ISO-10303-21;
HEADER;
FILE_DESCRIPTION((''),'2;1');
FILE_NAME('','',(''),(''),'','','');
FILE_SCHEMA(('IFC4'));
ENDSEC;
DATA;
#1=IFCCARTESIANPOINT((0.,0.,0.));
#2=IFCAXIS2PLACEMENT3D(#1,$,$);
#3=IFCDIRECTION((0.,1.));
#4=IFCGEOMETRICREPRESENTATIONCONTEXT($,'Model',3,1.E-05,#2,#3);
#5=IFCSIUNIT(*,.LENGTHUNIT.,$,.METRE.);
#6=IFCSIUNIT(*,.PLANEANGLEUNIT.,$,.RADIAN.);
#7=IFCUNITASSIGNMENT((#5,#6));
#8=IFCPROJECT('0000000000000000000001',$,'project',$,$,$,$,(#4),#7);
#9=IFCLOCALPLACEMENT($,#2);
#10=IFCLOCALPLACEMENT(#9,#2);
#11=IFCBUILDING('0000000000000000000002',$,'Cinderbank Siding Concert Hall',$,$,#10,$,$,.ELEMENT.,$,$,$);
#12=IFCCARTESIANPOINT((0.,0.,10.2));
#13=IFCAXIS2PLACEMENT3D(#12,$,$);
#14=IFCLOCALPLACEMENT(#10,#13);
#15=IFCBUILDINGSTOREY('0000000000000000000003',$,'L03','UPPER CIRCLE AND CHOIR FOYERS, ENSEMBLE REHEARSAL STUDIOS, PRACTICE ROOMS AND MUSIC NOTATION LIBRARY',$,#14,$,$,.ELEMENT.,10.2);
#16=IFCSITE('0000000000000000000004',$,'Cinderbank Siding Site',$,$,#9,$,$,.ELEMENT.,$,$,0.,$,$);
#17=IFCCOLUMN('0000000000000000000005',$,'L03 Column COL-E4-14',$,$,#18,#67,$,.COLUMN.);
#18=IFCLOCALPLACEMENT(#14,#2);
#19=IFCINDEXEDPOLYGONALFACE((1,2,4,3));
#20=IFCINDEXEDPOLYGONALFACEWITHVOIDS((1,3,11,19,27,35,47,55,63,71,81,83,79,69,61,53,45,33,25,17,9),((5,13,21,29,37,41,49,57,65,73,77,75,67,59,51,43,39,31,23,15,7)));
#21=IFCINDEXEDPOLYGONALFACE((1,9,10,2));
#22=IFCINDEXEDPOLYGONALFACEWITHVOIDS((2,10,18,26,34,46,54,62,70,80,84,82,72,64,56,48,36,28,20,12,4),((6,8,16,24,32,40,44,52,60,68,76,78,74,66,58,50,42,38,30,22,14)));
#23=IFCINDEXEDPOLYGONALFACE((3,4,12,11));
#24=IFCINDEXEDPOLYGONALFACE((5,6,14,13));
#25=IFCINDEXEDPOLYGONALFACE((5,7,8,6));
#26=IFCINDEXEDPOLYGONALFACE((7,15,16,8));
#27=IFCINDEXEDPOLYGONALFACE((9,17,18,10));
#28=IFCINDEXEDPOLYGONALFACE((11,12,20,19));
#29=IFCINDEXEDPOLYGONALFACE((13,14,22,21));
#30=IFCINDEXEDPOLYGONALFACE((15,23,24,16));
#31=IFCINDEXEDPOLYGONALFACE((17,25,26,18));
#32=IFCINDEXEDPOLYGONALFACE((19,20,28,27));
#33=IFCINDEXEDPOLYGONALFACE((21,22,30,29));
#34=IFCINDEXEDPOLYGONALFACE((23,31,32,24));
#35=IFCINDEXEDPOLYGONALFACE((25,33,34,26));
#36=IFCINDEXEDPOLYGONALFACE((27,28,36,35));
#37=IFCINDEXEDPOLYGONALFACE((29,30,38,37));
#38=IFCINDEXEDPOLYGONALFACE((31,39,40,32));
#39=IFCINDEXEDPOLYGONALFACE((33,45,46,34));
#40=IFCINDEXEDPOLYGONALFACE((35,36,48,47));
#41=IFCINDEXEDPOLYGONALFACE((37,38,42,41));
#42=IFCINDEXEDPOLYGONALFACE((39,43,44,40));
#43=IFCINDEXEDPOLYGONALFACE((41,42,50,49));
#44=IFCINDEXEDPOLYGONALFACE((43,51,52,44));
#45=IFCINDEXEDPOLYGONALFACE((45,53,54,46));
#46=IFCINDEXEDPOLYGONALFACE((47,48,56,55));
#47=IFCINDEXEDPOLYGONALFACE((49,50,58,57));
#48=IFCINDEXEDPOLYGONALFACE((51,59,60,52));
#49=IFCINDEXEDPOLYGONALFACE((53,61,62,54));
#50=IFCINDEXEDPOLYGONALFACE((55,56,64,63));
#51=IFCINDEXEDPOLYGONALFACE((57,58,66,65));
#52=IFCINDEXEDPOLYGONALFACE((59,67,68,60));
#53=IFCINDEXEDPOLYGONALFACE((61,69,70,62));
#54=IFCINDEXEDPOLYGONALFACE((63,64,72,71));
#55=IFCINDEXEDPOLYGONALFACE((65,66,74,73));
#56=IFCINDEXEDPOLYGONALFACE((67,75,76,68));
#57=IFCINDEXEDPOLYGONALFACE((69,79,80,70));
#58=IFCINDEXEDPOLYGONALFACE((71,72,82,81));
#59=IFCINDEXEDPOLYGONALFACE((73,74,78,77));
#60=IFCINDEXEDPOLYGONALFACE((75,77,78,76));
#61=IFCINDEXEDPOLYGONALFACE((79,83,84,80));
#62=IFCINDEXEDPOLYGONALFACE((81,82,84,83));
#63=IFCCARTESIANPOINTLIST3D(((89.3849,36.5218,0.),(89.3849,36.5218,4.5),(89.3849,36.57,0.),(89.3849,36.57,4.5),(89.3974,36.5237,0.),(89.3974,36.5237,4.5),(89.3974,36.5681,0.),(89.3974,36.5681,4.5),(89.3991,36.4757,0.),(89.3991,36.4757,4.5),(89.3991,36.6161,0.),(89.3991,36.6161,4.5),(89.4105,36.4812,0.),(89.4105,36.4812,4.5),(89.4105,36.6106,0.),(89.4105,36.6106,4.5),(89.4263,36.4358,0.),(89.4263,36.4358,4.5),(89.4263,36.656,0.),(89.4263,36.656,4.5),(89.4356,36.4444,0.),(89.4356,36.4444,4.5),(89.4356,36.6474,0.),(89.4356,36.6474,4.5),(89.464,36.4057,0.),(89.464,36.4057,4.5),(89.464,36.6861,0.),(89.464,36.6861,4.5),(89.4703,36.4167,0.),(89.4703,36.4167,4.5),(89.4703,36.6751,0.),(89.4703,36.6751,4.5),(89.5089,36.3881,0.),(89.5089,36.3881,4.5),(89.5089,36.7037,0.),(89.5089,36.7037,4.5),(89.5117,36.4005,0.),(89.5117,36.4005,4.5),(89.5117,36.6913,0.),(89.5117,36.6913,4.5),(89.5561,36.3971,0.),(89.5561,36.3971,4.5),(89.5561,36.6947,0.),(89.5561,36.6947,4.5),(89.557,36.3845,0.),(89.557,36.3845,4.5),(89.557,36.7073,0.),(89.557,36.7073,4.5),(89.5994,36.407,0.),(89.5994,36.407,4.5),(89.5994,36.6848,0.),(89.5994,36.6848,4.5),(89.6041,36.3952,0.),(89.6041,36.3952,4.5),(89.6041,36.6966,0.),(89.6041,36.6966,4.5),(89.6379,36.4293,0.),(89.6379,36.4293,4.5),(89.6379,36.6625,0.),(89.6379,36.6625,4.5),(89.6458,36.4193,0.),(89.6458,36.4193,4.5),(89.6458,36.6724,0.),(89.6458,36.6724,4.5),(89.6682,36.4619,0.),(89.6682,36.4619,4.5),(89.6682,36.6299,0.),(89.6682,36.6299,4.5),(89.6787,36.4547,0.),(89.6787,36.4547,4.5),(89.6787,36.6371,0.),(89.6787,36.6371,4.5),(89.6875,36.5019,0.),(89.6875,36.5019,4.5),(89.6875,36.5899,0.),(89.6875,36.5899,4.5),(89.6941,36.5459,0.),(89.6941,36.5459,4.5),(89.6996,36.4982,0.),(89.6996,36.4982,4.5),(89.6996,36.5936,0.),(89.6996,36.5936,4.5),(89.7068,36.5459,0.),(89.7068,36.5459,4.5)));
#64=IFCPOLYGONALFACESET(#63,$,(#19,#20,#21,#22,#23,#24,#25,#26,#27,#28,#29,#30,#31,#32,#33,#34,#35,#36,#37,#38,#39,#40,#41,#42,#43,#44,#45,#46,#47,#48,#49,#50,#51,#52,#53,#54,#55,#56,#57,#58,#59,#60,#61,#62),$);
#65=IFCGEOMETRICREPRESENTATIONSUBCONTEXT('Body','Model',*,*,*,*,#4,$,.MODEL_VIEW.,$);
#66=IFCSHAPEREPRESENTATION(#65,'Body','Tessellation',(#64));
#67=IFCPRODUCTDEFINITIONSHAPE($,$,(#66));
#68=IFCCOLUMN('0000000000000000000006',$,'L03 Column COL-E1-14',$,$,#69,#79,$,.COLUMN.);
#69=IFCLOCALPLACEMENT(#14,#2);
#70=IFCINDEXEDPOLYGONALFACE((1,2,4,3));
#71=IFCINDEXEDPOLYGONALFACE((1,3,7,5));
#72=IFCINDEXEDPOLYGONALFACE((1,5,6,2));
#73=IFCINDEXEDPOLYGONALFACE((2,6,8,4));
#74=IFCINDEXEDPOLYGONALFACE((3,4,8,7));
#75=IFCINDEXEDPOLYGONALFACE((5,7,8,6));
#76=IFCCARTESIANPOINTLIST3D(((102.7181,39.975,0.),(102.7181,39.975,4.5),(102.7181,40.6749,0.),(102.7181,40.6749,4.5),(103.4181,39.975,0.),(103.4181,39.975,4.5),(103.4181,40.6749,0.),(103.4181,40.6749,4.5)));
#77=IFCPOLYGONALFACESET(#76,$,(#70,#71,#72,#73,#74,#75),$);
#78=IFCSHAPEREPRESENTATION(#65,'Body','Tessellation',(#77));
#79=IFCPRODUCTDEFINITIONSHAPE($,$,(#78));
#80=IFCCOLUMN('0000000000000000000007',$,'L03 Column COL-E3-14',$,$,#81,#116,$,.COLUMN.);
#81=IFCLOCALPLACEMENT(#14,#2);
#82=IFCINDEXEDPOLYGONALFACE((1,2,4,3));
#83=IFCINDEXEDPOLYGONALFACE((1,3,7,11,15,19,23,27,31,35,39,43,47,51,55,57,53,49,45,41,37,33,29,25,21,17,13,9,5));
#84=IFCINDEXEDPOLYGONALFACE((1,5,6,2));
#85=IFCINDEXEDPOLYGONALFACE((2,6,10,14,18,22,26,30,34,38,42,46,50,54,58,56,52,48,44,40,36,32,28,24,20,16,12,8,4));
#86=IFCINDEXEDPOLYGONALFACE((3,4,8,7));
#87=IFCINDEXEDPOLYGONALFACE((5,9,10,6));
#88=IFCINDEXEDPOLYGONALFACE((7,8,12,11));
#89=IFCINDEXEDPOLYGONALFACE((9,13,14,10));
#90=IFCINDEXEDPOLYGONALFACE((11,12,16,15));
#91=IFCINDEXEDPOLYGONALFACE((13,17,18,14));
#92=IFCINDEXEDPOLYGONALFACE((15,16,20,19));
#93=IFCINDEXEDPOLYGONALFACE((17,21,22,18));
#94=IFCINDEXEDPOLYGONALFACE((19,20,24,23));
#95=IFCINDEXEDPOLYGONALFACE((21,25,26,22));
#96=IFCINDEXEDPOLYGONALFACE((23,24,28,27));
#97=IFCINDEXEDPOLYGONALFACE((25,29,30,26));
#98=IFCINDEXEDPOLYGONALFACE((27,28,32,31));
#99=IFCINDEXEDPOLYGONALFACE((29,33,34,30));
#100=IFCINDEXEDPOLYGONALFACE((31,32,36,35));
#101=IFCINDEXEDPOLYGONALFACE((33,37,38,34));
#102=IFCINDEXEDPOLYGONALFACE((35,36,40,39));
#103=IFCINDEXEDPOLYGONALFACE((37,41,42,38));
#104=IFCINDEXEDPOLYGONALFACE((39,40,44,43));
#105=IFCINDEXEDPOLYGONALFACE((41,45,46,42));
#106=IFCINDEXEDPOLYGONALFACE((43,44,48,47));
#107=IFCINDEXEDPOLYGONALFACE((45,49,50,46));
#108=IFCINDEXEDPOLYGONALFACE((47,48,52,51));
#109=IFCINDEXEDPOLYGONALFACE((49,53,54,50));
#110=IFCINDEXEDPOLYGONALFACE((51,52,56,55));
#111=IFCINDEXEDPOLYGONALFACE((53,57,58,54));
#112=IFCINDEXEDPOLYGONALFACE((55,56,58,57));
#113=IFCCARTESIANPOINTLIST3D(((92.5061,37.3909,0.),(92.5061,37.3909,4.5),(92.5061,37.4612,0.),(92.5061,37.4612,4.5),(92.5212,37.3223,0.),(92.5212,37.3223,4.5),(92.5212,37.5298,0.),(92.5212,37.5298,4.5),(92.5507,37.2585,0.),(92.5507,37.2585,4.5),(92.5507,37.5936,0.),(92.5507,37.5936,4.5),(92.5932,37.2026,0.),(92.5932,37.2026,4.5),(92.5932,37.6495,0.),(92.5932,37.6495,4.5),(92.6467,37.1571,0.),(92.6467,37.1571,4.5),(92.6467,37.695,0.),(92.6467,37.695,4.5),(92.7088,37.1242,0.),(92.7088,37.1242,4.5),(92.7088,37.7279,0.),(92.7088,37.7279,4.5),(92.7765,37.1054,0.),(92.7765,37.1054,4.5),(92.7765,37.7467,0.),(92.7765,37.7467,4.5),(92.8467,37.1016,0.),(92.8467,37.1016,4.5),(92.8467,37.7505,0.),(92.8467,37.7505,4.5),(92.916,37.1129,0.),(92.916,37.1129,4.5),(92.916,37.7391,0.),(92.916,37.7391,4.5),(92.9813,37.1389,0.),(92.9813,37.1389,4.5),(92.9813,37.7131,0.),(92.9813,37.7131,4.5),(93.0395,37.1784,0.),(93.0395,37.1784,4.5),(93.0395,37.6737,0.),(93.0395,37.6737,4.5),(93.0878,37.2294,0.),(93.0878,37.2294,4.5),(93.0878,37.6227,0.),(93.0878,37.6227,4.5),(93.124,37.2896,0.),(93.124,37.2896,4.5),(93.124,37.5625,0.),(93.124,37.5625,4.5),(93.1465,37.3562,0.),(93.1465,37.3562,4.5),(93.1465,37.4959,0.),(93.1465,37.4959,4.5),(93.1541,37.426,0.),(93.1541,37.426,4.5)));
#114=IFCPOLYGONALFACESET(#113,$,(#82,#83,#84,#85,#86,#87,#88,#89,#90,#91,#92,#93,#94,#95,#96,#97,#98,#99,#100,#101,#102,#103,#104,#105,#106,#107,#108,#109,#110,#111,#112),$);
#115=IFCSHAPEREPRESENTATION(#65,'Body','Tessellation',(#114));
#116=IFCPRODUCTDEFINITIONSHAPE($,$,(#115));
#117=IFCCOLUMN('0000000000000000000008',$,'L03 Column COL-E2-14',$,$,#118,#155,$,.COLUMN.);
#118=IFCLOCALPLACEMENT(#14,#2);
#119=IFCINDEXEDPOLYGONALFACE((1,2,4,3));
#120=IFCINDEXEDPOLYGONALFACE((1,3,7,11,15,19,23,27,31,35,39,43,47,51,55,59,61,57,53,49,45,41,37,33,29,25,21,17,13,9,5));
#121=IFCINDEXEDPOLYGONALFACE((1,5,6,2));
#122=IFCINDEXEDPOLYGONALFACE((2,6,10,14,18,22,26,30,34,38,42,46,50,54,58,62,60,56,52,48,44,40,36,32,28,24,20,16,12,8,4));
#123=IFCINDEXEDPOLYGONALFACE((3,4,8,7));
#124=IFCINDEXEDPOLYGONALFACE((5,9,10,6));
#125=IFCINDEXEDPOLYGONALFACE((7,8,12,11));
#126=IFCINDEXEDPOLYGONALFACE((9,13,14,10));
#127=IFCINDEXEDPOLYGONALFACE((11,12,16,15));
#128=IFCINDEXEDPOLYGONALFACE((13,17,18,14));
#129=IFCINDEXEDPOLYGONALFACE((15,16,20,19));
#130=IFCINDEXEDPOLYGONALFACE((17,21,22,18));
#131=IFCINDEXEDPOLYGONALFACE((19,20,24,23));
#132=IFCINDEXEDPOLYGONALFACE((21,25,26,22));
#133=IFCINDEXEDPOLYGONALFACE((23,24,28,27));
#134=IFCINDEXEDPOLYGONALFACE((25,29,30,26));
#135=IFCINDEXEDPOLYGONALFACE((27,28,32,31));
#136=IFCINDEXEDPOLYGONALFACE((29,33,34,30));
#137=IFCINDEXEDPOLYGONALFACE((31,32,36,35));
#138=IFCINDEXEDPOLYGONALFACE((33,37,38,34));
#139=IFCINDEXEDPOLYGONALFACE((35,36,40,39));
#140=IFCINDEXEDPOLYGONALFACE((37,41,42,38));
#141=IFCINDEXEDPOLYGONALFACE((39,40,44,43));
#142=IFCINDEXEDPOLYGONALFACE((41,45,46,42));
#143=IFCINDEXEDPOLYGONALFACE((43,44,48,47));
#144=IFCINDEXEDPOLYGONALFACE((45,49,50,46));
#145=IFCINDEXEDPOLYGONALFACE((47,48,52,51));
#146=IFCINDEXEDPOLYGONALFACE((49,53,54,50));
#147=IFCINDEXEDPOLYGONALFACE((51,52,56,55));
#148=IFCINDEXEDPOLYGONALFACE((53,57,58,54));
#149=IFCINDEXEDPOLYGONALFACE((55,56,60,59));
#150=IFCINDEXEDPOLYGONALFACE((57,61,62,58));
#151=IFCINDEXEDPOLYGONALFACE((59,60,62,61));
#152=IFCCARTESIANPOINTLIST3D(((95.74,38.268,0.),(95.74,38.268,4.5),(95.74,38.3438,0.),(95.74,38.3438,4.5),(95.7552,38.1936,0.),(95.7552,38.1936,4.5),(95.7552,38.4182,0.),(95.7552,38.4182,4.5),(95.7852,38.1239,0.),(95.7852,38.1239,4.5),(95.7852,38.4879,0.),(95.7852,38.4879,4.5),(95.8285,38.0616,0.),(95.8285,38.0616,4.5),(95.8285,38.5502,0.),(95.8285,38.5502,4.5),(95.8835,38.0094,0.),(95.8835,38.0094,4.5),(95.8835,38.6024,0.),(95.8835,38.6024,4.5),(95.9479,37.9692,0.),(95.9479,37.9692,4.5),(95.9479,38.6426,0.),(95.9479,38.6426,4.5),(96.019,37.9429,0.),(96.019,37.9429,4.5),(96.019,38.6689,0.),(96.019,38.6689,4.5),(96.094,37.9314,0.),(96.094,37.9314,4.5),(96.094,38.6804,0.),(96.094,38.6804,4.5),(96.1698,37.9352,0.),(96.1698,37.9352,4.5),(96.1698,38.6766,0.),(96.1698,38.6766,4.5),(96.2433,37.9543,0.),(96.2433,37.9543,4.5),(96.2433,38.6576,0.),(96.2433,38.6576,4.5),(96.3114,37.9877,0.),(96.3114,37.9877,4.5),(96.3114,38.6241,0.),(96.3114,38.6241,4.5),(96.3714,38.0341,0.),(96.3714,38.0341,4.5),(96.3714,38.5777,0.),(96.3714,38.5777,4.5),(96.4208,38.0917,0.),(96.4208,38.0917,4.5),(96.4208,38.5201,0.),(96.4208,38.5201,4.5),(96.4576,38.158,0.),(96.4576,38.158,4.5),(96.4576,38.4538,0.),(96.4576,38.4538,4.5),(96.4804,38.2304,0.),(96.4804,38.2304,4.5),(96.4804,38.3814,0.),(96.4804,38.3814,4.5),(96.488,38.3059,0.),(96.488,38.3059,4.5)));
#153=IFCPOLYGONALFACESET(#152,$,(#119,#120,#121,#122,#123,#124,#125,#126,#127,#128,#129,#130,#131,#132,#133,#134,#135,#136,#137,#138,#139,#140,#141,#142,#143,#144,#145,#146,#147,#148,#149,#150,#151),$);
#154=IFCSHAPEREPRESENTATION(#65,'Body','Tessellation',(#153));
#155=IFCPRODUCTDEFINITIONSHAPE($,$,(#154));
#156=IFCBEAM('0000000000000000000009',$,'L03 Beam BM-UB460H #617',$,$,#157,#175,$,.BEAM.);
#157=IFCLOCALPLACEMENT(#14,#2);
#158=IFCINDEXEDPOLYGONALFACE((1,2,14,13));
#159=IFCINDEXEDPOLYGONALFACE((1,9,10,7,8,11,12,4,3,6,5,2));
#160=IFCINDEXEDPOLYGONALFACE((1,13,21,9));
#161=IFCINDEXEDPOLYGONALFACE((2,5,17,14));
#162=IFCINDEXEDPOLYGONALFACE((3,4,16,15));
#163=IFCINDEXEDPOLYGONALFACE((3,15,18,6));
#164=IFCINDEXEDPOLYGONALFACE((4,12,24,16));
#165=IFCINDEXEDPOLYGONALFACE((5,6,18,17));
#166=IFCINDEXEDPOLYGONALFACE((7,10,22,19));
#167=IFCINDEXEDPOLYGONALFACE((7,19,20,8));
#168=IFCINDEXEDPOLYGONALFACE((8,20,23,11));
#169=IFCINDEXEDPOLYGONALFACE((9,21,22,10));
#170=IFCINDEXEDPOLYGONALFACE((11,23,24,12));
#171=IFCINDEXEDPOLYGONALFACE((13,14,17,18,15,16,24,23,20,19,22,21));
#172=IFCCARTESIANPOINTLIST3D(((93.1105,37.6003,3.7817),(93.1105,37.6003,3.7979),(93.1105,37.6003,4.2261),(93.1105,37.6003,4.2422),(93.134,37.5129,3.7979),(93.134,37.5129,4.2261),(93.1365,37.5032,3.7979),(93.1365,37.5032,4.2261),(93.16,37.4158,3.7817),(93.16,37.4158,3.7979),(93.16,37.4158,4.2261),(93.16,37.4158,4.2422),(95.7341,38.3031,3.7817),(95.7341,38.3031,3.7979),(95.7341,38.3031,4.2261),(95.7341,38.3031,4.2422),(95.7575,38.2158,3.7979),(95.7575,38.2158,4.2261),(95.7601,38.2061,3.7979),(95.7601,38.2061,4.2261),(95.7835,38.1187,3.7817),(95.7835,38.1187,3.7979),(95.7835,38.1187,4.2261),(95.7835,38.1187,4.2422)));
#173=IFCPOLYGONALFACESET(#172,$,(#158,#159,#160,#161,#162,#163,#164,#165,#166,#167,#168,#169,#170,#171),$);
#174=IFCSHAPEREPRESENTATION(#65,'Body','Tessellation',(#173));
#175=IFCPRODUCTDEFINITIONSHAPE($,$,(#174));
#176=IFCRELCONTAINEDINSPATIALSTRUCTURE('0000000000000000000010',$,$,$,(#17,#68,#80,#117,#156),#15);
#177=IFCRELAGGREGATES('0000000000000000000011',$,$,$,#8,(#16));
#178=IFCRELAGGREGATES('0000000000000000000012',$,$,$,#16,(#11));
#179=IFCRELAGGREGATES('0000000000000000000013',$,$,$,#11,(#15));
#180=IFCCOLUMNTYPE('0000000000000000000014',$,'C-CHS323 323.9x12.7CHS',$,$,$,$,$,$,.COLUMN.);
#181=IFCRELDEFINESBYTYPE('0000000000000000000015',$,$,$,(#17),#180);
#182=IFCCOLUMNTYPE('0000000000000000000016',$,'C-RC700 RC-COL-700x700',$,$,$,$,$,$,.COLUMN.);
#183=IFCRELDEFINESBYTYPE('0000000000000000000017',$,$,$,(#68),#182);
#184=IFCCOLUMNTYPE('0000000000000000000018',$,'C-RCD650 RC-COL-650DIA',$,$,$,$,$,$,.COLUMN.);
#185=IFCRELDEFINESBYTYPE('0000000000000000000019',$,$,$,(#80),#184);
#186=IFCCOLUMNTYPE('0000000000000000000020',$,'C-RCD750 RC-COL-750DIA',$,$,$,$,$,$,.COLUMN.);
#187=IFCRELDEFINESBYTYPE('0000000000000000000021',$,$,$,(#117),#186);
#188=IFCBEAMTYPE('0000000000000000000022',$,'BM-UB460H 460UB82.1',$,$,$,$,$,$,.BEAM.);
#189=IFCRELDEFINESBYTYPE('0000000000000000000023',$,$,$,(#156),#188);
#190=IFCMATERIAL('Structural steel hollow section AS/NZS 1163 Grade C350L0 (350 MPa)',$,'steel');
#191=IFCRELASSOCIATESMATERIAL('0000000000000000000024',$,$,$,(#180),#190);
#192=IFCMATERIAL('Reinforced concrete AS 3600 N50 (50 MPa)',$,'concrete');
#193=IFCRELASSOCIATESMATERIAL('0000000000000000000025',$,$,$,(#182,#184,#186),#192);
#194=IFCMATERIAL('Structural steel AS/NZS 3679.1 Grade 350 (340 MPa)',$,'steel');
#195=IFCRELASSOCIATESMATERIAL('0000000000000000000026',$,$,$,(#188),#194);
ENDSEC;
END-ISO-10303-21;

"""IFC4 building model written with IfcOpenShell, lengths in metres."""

from ifc_helpers import new_model, si_unit, direction, frame, origin, origin_2d, place, context, subcontext, project, spatial, rectangle, circle, hollow_circle, i_section, extrude, material, material_profile, profile_set, type_object, element, save


model = new_model("IFC4")

# Units and contexts
model_context = context("Model", 3, precision=1e-05, world=origin(), true_north=direction((0.0, 1.0)))
body_context = subcontext(model_context, "Body", "Model", "MODEL_VIEW")
ifc_project = project(units=[si_unit("LENGTHUNIT", "METRE"), si_unit("PLANEANGLEUNIT", "RADIAN")], contexts=[model_context])

# Site, building, storey
site_placement = place(None, origin())
site = spatial("IfcSite", under=ifc_project, at=site_placement, Name="Cinderbank Siding Site", CompositionType="ELEMENT", RefElevation=0.0)
building_placement = place(site_placement, origin())
building = spatial("IfcBuilding", under=site, at=building_placement, Name="Cinderbank Siding Concert Hall", CompositionType="ELEMENT")
storey_placement = place(building_placement, frame((0.0, 0.0, 10.2)))
storey = spatial("IfcBuildingStorey", under=building, at=storey_placement, Name="L03", Description="UPPER CIRCLE AND CHOIR FOYERS, ENSEMBLE REHEARSAL STUDIOS, PRACTICE ROOMS AND MUSIC NOTATION LIBRARY", CompositionType="ELEMENT", Elevation=10.2)

# Columns
ifc_material_1 = material(Name="Structural steel hollow section AS/NZS 1163 Grade C350L0 (350 MPa)", Category="steel")
ifc_material_profile_1 = material_profile(ifc_material_1, hollow_circle(Radius=0.1619, WallThickness=0.0127, at=origin_2d()), Name="323.9x12.7CHS", Category="LoadBearing")
ifc_profile_set_1 = profile_set([ifc_material_profile_1], Name="Structural steel hollow section AS/NZS 1163 Grade C350L0 (350 MPa)")
column_type_1 = type_object("IfcColumnType", Name="C-CHS323 323.9x12.7CHS", PredefinedType="COLUMN", material=ifc_profile_set_1)
column_1_placement = place(storey_placement, frame((89.5449, 36.5459, 0.0), z_axis=(0.0, 0.0, 1.0), x_axis=(1.0, 0.0, 0.0)))
element("IfcColumn", 1, at=column_1_placement, inside=storey, type_object=column_type_1, Name="L03 Column COL-E4-14", PredefinedType="COLUMN", context=body_context, shape_type="SweptSolid", body=[
    extrude(hollow_circle(Radius=0.1619, WallThickness=0.0127, at=origin_2d()), origin(), (0.0, 0.0, 1.0), 4.5),
])
ifc_material_2 = material(Name="Reinforced concrete AS 3600 N50 (50 MPa)", Category="concrete")
ifc_material_profile_2 = material_profile(ifc_material_2, rectangle(XDim=0.7, YDim=0.7, at=origin_2d()), Name="RC-COL-700x700", Category="LoadBearing")
ifc_profile_set_2 = profile_set([ifc_material_profile_2], Name="Reinforced concrete AS 3600 N50 (50 MPa)")
column_type_2 = type_object("IfcColumnType", Name="C-RC700 RC-COL-700x700", PredefinedType="COLUMN", material=ifc_profile_set_2)
column_2_placement = place(storey_placement, frame((103.0681, 40.325, 0.0), z_axis=(0.0, 0.0, 1.0), x_axis=(1.0, 0.0, 0.0)))
element("IfcColumn", 2, at=column_2_placement, inside=storey, type_object=column_type_2, Name="L03 Column COL-E1-14", PredefinedType="COLUMN", context=body_context, shape_type="SweptSolid", body=[
    extrude(rectangle(XDim=0.7, YDim=0.7, at=origin_2d()), origin(), (0.0, 0.0, 1.0), 4.5),
])
ifc_material_profile_3 = material_profile(ifc_material_2, circle(Radius=0.325, at=origin_2d()), Name="RC-COL-650DIA", Category="LoadBearing")
ifc_profile_set_3 = profile_set([ifc_material_profile_3], Name="Reinforced concrete AS 3600 N50 (50 MPa)")
column_type_3 = type_object("IfcColumnType", Name="C-RCD650 RC-COL-650DIA", PredefinedType="COLUMN", material=ifc_profile_set_3)
column_3_placement = place(storey_placement, frame((92.8291, 37.426, 0.0), z_axis=(0.0, 0.0, 1.0), x_axis=(1.0, 0.0, 0.0)))
element("IfcColumn", 3, at=column_3_placement, inside=storey, type_object=column_type_3, Name="L03 Column COL-E3-14", PredefinedType="COLUMN", context=body_context, shape_type="SweptSolid", body=[
    extrude(circle(Radius=0.325, at=origin_2d()), origin(), (0.0, 0.0, 1.0), 4.5),
])
ifc_material_profile_4 = material_profile(ifc_material_2, circle(Radius=0.375, at=origin_2d()), Name="RC-COL-750DIA", Category="LoadBearing")
ifc_profile_set_4 = profile_set([ifc_material_profile_4], Name="Reinforced concrete AS 3600 N50 (50 MPa)")
column_type_4 = type_object("IfcColumnType", Name="C-RCD750 RC-COL-750DIA", PredefinedType="COLUMN", material=ifc_profile_set_4)
column_4_placement = place(storey_placement, frame((96.113, 38.3059, 0.0), z_axis=(0.0, 0.0, 1.0), x_axis=(1.0, 0.0, 0.0)))
element("IfcColumn", 4, at=column_4_placement, inside=storey, type_object=column_type_4, Name="L03 Column COL-E2-14", PredefinedType="COLUMN", context=body_context, shape_type="SweptSolid", body=[
    extrude(circle(Radius=0.375, at=origin_2d()), origin(), (0.0, 0.0, 1.0), 4.5),
])

# Beam
ifc_material_3 = material(Name="Structural steel AS/NZS 3679.1 Grade 350 (340 MPa)", Category="steel")
ifc_material_profile_5 = material_profile(ifc_material_3, i_section(OverallWidth=0.1909, OverallDepth=0.4604, WebThickness=0.01, FlangeThickness=0.0161, at=origin_2d()), Name="460UB82.1", Category="LoadBearing")
ifc_profile_set_5 = profile_set([ifc_material_profile_5], Name="Structural steel AS/NZS 3679.1 Grade 350 (340 MPa)")
beam_type_1 = type_object("IfcBeamType", Name="BM-UB460H 460UB82.1", PredefinedType="BEAM", material=ifc_profile_set_5)
beam_1_placement = place(storey_placement, frame((95.7588, 38.2109, 4.012), z_axis=(-0.965934, -0.258787, 0.0), x_axis=(0.258787, -0.965934, 0.0)))
element("IfcBeam", 5, at=beam_1_placement, inside=storey, type_object=beam_type_1, Name="L03 Beam BM-UB460H #617", PredefinedType="BEAM", context=body_context, shape_type="SweptSolid", body=[
    extrude(i_section(OverallWidth=0.1909, OverallDepth=0.4604, WebThickness=0.01, FlangeThickness=0.0161, at=origin_2d()), origin(), (0.0, 0.0, 1.0), 2.7161),
])

save(model, "model.ifc")
